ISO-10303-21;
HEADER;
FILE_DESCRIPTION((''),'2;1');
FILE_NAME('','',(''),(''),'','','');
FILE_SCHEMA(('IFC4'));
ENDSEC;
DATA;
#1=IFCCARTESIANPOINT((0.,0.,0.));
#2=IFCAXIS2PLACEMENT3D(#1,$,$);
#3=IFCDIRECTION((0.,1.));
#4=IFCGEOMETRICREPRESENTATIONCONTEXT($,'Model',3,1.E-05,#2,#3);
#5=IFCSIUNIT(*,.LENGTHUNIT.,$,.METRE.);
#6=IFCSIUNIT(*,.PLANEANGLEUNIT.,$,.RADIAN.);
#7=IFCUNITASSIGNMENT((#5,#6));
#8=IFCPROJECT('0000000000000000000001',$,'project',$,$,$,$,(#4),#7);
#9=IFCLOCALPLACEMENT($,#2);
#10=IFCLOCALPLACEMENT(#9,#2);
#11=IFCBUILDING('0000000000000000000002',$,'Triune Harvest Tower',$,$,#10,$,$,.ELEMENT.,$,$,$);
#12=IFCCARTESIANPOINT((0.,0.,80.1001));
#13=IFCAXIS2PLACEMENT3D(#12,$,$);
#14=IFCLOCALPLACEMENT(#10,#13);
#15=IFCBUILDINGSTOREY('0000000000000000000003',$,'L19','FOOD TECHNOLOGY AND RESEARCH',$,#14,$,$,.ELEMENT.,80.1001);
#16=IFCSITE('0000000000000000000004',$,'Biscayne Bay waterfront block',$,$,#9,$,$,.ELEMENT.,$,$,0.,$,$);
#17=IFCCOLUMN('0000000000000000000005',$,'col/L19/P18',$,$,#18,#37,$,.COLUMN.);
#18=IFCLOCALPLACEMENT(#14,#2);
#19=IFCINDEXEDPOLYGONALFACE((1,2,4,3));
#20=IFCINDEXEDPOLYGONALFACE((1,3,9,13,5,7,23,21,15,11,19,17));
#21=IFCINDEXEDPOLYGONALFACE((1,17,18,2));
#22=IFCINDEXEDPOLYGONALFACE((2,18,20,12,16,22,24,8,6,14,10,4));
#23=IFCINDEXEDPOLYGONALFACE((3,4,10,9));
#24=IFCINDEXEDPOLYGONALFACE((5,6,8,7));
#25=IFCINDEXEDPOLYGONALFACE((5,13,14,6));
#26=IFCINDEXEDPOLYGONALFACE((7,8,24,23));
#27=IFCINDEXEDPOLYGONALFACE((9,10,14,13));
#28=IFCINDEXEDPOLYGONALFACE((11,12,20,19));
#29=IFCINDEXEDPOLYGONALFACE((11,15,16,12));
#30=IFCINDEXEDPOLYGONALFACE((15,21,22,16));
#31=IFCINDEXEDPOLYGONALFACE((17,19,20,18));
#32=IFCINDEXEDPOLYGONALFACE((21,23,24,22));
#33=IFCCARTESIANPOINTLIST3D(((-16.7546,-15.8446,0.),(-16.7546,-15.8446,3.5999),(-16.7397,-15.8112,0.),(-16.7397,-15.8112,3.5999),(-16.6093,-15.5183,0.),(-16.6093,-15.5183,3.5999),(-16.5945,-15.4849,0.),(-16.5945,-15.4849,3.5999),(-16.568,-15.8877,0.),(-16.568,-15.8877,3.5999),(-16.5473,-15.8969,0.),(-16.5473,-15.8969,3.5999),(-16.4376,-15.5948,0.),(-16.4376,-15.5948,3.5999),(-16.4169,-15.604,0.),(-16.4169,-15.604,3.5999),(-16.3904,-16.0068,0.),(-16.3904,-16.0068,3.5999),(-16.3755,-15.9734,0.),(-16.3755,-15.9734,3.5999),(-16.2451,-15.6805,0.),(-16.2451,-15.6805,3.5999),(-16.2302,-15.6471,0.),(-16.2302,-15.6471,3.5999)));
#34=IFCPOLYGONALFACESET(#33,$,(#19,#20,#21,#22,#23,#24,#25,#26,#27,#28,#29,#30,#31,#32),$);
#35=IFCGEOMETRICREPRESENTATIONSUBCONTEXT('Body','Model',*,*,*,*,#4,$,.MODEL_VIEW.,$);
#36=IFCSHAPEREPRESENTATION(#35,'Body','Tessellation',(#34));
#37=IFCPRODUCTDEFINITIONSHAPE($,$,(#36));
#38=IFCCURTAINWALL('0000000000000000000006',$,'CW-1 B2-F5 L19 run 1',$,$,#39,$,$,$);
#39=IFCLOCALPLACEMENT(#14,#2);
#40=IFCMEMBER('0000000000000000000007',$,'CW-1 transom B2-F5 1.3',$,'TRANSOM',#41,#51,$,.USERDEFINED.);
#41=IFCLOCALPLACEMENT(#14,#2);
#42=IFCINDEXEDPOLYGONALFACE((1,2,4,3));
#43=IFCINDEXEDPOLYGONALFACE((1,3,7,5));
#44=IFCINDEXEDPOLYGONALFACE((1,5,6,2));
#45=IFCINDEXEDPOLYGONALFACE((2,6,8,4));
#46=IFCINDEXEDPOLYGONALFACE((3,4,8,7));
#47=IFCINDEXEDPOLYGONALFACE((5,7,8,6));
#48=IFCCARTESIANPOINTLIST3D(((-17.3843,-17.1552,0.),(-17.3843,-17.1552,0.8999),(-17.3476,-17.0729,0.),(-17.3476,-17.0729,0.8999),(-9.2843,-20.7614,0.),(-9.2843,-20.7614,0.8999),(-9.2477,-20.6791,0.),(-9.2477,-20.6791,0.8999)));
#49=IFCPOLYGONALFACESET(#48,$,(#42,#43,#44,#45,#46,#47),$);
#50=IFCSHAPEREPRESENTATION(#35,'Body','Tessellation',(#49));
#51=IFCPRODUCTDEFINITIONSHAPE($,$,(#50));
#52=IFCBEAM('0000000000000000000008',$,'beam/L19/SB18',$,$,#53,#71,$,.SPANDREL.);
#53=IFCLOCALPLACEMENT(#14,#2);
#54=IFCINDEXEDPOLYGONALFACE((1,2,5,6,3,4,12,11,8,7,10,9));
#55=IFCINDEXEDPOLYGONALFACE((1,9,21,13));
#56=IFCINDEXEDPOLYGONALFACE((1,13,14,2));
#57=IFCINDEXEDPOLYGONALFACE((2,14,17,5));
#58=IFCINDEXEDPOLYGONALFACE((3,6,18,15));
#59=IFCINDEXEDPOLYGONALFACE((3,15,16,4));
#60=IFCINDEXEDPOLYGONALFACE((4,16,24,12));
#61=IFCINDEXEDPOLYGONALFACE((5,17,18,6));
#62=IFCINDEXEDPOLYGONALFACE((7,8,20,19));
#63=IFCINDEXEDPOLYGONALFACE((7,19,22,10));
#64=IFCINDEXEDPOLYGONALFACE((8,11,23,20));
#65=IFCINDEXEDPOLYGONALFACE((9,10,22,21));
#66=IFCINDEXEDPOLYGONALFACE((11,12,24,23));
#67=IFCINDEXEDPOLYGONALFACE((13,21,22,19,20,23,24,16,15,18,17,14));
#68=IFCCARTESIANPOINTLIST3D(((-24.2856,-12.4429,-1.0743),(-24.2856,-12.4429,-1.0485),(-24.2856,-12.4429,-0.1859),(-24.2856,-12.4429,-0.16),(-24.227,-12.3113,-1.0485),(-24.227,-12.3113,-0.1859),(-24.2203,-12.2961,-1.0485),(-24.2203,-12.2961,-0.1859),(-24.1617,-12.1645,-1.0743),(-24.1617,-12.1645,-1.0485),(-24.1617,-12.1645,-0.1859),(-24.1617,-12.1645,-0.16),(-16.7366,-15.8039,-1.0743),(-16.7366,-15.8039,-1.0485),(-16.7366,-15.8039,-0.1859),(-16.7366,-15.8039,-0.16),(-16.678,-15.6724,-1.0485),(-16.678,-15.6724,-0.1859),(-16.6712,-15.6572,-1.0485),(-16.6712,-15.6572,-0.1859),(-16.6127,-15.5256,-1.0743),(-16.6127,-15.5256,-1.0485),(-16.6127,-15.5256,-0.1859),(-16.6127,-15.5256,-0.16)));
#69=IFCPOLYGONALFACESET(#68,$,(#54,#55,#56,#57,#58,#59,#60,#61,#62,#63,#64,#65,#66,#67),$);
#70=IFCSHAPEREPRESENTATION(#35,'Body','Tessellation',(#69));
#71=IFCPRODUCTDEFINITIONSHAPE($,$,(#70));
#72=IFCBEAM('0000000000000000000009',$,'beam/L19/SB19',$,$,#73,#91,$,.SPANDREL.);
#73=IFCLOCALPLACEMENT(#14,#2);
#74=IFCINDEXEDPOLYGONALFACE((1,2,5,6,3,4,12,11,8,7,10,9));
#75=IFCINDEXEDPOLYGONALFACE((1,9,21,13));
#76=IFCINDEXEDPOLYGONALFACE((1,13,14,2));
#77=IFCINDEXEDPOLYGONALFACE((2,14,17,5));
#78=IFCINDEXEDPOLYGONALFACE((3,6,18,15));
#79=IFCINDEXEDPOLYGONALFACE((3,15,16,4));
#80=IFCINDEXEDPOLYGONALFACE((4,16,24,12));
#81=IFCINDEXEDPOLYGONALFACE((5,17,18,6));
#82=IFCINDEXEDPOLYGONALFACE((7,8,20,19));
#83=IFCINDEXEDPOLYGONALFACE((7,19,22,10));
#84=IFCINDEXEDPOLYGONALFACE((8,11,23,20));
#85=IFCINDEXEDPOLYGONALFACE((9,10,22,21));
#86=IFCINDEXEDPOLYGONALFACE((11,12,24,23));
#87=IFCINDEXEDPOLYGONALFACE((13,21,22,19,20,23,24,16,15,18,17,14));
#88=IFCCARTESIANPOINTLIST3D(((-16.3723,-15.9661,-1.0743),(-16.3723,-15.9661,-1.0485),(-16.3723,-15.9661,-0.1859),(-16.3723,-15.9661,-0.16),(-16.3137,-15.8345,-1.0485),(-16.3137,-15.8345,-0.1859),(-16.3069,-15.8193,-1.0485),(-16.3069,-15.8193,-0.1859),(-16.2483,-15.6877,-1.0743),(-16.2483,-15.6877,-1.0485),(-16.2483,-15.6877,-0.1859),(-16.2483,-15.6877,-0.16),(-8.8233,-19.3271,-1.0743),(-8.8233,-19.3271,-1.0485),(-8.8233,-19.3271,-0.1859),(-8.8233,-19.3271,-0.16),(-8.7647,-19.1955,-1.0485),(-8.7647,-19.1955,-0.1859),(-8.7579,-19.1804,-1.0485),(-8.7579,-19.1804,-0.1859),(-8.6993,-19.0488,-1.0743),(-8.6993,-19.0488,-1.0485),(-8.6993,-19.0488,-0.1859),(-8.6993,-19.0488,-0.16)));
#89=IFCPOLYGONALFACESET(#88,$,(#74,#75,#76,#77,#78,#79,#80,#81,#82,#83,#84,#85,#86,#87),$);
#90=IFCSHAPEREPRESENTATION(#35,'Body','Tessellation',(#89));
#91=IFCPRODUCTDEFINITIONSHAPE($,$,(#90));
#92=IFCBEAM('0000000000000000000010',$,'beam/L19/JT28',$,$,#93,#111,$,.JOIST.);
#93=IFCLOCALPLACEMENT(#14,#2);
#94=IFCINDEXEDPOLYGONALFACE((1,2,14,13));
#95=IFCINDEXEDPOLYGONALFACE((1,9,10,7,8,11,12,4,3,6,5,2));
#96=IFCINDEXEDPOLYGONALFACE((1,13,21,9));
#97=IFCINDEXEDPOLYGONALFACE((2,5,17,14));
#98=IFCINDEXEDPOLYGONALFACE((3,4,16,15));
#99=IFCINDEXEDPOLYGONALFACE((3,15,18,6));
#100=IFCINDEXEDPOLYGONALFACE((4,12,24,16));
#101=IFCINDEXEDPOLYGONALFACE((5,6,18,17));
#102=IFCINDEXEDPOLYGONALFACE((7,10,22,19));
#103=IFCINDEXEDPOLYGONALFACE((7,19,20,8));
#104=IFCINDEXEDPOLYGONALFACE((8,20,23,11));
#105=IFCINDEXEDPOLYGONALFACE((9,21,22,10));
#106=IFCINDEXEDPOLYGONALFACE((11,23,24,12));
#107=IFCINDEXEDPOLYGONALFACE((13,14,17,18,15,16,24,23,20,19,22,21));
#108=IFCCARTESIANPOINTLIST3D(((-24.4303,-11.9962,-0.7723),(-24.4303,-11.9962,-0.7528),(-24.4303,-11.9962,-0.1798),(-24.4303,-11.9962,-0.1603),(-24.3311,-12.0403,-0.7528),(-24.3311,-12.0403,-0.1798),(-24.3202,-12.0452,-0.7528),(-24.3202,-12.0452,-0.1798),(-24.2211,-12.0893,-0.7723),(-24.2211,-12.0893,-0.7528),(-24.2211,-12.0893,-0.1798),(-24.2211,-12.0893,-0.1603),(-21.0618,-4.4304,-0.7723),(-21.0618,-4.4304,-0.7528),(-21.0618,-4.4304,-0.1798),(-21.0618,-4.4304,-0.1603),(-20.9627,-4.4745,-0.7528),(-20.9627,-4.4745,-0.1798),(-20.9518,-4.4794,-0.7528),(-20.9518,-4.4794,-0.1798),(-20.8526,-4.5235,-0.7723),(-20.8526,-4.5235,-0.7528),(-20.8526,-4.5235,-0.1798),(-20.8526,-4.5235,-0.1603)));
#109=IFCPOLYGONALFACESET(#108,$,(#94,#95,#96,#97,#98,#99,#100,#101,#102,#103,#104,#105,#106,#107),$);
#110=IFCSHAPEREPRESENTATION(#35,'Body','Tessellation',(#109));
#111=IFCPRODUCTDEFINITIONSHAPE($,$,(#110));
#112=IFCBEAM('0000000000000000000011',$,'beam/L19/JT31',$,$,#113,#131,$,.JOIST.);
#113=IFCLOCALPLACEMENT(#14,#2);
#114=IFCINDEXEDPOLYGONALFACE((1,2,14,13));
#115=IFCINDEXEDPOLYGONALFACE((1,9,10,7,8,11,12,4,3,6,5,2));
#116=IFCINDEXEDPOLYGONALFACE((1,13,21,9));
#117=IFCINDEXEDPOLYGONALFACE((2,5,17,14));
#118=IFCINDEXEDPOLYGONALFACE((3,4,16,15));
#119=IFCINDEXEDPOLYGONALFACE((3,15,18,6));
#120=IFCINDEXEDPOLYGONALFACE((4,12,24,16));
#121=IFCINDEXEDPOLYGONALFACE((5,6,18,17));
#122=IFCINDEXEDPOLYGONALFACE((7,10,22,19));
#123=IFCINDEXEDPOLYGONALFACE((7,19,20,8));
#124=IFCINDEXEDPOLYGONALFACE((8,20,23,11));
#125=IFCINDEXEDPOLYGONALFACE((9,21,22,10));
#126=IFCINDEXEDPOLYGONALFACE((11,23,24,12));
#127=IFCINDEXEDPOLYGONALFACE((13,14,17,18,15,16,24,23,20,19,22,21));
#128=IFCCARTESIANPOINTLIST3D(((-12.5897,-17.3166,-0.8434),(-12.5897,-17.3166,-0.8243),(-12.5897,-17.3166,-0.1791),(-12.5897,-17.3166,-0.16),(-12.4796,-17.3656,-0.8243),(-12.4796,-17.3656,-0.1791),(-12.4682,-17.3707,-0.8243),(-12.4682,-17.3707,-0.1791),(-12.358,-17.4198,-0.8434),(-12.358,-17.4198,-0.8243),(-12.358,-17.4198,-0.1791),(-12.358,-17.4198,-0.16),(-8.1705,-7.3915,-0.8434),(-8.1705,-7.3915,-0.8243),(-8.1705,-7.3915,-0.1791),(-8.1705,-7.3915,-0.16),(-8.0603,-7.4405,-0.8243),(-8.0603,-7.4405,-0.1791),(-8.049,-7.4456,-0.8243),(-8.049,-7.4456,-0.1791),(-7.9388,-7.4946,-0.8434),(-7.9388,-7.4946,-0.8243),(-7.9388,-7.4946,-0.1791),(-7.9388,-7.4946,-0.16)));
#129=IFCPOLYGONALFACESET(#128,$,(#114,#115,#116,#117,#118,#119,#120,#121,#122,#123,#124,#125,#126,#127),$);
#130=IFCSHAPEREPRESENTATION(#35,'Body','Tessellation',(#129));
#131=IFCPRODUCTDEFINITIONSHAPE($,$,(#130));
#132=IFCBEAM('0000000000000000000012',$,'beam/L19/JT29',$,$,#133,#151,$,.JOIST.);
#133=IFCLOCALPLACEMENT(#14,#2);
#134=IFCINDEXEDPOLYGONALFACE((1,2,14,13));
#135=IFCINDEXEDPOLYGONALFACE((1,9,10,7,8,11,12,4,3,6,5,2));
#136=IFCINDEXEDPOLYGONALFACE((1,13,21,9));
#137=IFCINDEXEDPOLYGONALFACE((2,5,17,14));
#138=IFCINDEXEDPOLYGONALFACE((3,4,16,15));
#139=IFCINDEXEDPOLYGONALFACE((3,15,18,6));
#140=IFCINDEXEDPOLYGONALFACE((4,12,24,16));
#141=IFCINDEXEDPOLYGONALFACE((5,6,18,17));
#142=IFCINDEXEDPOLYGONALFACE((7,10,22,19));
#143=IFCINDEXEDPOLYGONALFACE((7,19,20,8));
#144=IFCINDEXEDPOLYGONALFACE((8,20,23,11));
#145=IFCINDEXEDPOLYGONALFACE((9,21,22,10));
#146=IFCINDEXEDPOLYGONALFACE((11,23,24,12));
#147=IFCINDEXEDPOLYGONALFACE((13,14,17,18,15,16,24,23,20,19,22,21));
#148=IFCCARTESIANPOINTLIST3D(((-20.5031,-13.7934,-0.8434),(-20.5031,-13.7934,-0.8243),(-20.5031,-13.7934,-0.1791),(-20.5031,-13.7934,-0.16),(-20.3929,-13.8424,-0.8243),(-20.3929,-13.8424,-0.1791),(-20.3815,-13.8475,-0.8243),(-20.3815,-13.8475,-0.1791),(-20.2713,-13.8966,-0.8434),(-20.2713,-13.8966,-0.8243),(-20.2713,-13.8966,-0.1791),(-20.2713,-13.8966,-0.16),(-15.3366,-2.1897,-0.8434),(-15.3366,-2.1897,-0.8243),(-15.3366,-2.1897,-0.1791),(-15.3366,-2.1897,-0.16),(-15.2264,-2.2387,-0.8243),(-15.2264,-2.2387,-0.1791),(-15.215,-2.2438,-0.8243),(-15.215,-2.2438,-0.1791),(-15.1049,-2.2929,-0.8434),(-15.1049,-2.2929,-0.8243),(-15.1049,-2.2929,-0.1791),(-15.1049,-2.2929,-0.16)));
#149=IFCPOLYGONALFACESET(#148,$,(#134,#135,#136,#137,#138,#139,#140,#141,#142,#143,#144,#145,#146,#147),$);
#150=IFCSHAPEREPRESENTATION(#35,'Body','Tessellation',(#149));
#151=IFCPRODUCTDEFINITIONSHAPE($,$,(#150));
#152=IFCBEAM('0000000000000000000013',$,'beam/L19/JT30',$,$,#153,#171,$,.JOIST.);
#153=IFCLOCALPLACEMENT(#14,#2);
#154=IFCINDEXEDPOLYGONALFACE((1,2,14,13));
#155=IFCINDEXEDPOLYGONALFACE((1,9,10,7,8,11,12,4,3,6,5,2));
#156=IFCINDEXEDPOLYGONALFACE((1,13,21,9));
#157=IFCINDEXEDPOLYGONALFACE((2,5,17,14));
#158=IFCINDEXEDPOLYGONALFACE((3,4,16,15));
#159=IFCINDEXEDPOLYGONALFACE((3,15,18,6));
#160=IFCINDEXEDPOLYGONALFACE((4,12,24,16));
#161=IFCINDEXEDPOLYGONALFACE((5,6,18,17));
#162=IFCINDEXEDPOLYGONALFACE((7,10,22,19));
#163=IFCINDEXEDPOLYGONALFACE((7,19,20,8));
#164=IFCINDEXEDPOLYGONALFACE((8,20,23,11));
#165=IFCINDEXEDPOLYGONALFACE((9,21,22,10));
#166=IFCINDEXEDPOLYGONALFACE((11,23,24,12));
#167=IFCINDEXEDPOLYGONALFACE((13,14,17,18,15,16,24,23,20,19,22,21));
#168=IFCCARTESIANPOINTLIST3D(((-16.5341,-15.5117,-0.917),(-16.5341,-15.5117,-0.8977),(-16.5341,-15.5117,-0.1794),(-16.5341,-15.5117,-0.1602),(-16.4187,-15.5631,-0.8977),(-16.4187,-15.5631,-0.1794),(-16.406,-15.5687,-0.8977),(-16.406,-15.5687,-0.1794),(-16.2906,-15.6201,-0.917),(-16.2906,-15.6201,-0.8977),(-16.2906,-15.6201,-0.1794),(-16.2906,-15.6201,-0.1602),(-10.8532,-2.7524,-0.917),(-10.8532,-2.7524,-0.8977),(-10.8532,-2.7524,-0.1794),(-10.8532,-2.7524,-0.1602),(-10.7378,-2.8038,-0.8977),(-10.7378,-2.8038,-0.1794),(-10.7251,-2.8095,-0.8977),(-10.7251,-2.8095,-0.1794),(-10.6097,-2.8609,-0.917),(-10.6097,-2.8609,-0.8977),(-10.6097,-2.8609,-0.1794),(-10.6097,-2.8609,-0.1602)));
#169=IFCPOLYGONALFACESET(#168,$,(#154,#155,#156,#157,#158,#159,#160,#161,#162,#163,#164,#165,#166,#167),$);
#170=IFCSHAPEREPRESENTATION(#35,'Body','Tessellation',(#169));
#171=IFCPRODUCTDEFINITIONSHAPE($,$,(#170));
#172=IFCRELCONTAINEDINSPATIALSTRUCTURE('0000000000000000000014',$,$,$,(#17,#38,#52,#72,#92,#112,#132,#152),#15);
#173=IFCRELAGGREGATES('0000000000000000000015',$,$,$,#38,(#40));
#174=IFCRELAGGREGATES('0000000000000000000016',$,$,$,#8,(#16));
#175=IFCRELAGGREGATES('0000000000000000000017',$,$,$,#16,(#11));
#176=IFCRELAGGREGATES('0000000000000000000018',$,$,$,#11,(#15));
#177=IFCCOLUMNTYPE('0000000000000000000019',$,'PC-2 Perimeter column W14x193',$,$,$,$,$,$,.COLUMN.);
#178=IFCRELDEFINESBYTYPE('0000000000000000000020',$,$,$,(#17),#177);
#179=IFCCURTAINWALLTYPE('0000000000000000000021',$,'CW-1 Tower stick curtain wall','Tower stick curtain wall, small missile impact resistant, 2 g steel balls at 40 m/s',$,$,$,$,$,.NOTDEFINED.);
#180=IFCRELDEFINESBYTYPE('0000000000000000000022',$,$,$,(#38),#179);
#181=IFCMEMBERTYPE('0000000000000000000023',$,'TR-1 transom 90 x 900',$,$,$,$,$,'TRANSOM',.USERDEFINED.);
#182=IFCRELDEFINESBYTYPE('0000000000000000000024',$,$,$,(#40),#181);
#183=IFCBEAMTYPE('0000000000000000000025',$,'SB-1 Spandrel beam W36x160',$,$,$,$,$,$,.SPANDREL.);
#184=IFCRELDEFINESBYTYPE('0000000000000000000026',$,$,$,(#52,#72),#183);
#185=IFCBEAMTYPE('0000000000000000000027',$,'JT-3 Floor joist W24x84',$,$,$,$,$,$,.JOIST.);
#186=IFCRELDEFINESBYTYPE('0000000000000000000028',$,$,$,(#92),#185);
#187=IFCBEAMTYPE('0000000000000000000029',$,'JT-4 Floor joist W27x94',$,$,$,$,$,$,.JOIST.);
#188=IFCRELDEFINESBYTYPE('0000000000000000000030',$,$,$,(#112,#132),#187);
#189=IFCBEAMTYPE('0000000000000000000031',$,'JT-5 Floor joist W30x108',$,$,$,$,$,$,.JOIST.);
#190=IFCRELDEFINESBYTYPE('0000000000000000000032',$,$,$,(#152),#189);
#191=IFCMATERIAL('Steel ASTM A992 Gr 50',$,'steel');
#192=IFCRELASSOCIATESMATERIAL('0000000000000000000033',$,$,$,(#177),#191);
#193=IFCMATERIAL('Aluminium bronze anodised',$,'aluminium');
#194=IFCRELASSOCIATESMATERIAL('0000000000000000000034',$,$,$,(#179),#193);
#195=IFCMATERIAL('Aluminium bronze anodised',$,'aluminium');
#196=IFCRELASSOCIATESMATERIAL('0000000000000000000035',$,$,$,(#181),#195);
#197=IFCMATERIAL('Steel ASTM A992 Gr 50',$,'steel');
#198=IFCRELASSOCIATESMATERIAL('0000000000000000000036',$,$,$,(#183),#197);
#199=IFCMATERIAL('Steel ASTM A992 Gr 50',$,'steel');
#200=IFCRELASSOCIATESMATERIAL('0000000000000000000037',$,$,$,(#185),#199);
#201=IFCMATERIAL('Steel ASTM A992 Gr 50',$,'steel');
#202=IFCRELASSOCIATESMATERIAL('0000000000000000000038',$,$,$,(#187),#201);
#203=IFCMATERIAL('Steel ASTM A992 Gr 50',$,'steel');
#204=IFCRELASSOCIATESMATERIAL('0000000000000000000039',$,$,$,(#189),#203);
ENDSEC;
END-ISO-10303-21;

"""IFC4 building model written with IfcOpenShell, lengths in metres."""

from ifc_helpers import new_model, si_unit, direction, frame, origin, origin_2d, place, context, subcontext, project, spatial, rectangle, i_section, extrude, source, transform, mapped, material, material_profile, profile_set, type_object, element, aggregate, save


model = new_model("IFC4")

# Units and contexts
model_context = context("Model", 3, precision=1e-05, world=origin(), true_north=direction((0.0, 1.0)))
body_context = subcontext(model_context, "Body", "Model", "MODEL_VIEW")
ifc_project = project(units=[si_unit("LENGTHUNIT", "METRE"), si_unit("PLANEANGLEUNIT", "RADIAN")], contexts=[model_context])

# Site, building, storey
site_placement = place(None, origin())
site = spatial("IfcSite", under=ifc_project, at=site_placement, Name="Biscayne Bay waterfront block", CompositionType="ELEMENT", RefElevation=0.0)
building_placement = place(site_placement, origin())
building = spatial("IfcBuilding", under=site, at=building_placement, Name="Triune Harvest Tower", CompositionType="ELEMENT")
storey_placement = place(building_placement, frame((0.0, 0.0, 80.1001)))
storey = spatial("IfcBuildingStorey", under=building, at=storey_placement, Name="L19", Description="FOOD TECHNOLOGY AND RESEARCH", CompositionType="ELEMENT", Elevation=80.1001)

# Column
ifc_material_1 = material(Name="Steel ASTM A992 Gr 50", Category="steel")
ifc_material_profile_1 = material_profile(ifc_material_1, i_section(OverallWidth=0.3987, OverallDepth=0.3938, WebThickness=0.0227, FlangeThickness=0.0366, at=origin_2d()), Name="W14x193")
ifc_profile_set_1 = profile_set([ifc_material_profile_1], Name="Steel ASTM A992 Gr 50")
column_type = type_object("IfcColumnType", Name="PC-2 Perimeter column W14x193", PredefinedType="COLUMN", material=ifc_profile_set_1)
shared_shape_1 = source(origin(), body_context, "Body", "SweptSolid", [
    extrude(i_section(OverallWidth=0.3987, OverallDepth=0.3938, WebThickness=0.0227, FlangeThickness=0.0366, at=origin_2d()), origin(), (0.0, 0.0, 1.0), 3.5999),
])
column_placement = place(storey_placement, frame((-16.4924, -15.7458, 0.0), z_axis=(0.0, 0.0, 1.0), x_axis=(0.913545, -0.406737, 0.0)))
element("IfcColumn", 1, at=column_placement, inside=storey, type_object=column_type, Name="col/L19/P18", PredefinedType="COLUMN", context=body_context, shape_type="MappedRepresentation", body=[
    mapped(shared_shape_1, transform((0.0, 0.0, 0.0), scale=1.0)),
])

# Curtain wall, member
ifc_material_2 = material(Name="Aluminium bronze anodised", Category="aluminium")
curtain_wall_type = type_object("IfcCurtainWallType", Name="CW-1 Tower stick curtain wall", Description="Tower stick curtain wall, small missile impact resistant, 2 g steel balls at 40 m/s", PredefinedType="NOTDEFINED", material=ifc_material_2)
curtain_wall_placement = place(storey_placement, origin())
curtain_wall = element("IfcCurtainWall", 2, at=curtain_wall_placement, inside=storey, type_object=curtain_wall_type, Name="CW-1 B2-F5 L19 run 1")
ifc_material_3 = material(Name="Aluminium bronze anodised", Category="aluminium")
ifc_material_profile_2 = material_profile(ifc_material_3, rectangle(XDim=0.0901, YDim=0.8999, at=origin_2d()), Name="TR-1 transom 90 x 900")
ifc_profile_set_2 = profile_set([ifc_material_profile_2], Name="Aluminium bronze anodised")
member_type_1 = type_object("IfcMemberType", Name="TR-1 transom 90 x 900", ElementType="TRANSOM", PredefinedType="USERDEFINED", material=ifc_profile_set_2)
member_1_placement = place(storey_placement, frame((-17.366, -17.114, 0.45), z_axis=(0.913549, -0.406729, 0.0), x_axis=(0.406729, 0.913549, 0.0)))
member_1 = element("IfcMember", 3, at=member_1_placement, type_object=member_type_1, Name="CW-1 transom B2-F5 1.3", ObjectType="TRANSOM", PredefinedType="USERDEFINED", context=body_context, shape_type="SweptSolid", body=[
    extrude(rectangle(XDim=0.0901, YDim=0.8999, at=origin_2d()), origin(), (0.0, 0.0, 1.0), 8.8665),
])

# Beams
ifc_material_4 = material(Name="Steel ASTM A992 Gr 50", Category="steel")
ifc_material_profile_3 = material_profile(ifc_material_4, i_section(OverallWidth=0.3047, OverallDepth=0.9143, WebThickness=0.0166, FlangeThickness=0.0259, at=origin_2d()), Name="W36x160")
ifc_profile_set_3 = profile_set([ifc_material_profile_3], Name="Steel ASTM A992 Gr 50")
beam_type_1 = type_object("IfcBeamType", Name="SB-1 Spandrel beam W36x160", PredefinedType="SPANDREL", material=ifc_profile_set_3)
shared_shape_2 = source(origin(), body_context, "Body", "SweptSolid", [
    extrude(i_section(OverallWidth=0.3047, OverallDepth=0.9143, WebThickness=0.0166, FlangeThickness=0.0259, at=origin_2d()), origin(), (0.0, 0.0, 1.0), 8.2634),
])
for number, where, z_axis, x_axis, name in (
    (4, (-24.2236, -12.3037, -0.6172), (0.913545, -0.406739, 0.0), (0.406739, 0.913545, 0.0), "beam/L19/SB18"),
    (5, (-16.3103, -15.8269, -0.6172), (0.913545, -0.406739, 0.0), (0.406739, 0.913545, 0.0), "beam/L19/SB19"),
):
    element("IfcBeam", number, at=place(storey_placement, frame(where, z_axis=z_axis, x_axis=x_axis)), inside=storey, type_object=beam_type_1, Name=name, PredefinedType="SPANDREL", context=body_context, shape_type="MappedRepresentation", body=[
        mapped(shared_shape_2, transform((0.0, 0.0, 0.0), scale=1.0)),
    ])
ifc_material_5 = material(Name="Steel ASTM A992 Gr 50", Category="steel")
ifc_material_profile_4 = material_profile(ifc_material_5, i_section(OverallWidth=0.229, OverallDepth=0.6121, WebThickness=0.012, FlangeThickness=0.0195, at=origin_2d()), Name="W24x84")
ifc_profile_set_4 = profile_set([ifc_material_profile_4], Name="Steel ASTM A992 Gr 50")
beam_type_2 = type_object("IfcBeamType", Name="JT-3 Floor joist W24x84", PredefinedType="JOIST", material=ifc_profile_set_4)
shared_shape_3 = source(origin(), body_context, "Body", "SweptSolid", [
    extrude(i_section(OverallWidth=0.229, OverallDepth=0.6121, WebThickness=0.012, FlangeThickness=0.0195, at=origin_2d()), origin(), (0.0, 0.0, 1.0), 8.2817),
])
beam_1_placement = place(storey_placement, frame((-24.3257, -12.0427, -0.4663), z_axis=(0.406732, 0.913548, 0.0), x_axis=(-0.913548, 0.406732, 0.0)))
element("IfcBeam", 6, at=beam_1_placement, inside=storey, type_object=beam_type_2, Name="beam/L19/JT28", PredefinedType="JOIST", context=body_context, shape_type="MappedRepresentation", body=[
    mapped(shared_shape_3, transform((0.0, 0.0, 0.0), scale=1.0)),
])
ifc_material_6 = material(Name="Steel ASTM A992 Gr 50", Category="steel")
ifc_material_profile_5 = material_profile(ifc_material_6, i_section(OverallWidth=0.2537, OverallDepth=0.6833, WebThickness=0.0125, FlangeThickness=0.019, at=origin_2d()), Name="W27x94")
ifc_profile_set_5 = profile_set([ifc_material_profile_5], Name="Steel ASTM A992 Gr 50")
beam_type_3 = type_object("IfcBeamType", Name="JT-4 Floor joist W27x94", PredefinedType="JOIST", material=ifc_profile_set_5)
shared_shape_4 = source(origin(), body_context, "Body", "SweptSolid", [
    extrude(i_section(OverallWidth=0.2537, OverallDepth=0.6833, WebThickness=0.0125, FlangeThickness=0.019, at=origin_2d()), origin(), (0.0, 0.0, 1.0), 10.8645),
])
beam_2_placement = place(storey_placement, frame((-12.4739, -17.3682, -0.5017), z_axis=(0.406758, 0.913536, 0.0), x_axis=(-0.913536, 0.406758, 0.0)))
element("IfcBeam", 7, at=beam_2_placement, inside=storey, type_object=beam_type_3, Name="beam/L19/JT31", PredefinedType="JOIST", context=body_context, shape_type="MappedRepresentation", body=[
    mapped(shared_shape_4, transform((0.0, 0.0, 0.0), scale=1.0)),
])
shared_shape_5 = source(origin(), body_context, "Body", "SweptSolid", [
    extrude(i_section(OverallWidth=0.2537, OverallDepth=0.6833, WebThickness=0.0125, FlangeThickness=0.019, at=origin_2d()), origin(), (0.0, 0.0, 1.0), 12.7019),
])
beam_3_placement = place(storey_placement, frame((-20.3872, -13.845, -0.5017), z_axis=(0.406748, 0.91354, 0.0), x_axis=(-0.91354, 0.406748, 0.0)))
element("IfcBeam", 8, at=beam_3_placement, inside=storey, type_object=beam_type_3, Name="beam/L19/JT29", PredefinedType="JOIST", context=body_context, shape_type="MappedRepresentation", body=[
    mapped(shared_shape_5, transform((0.0, 0.0, 0.0), scale=1.0)),
])
ifc_material_7 = material(Name="Steel ASTM A992 Gr 50", Category="steel")
ifc_material_profile_6 = material_profile(ifc_material_7, i_section(OverallWidth=0.2666, OverallDepth=0.7568, WebThickness=0.0139, FlangeThickness=0.0193, at=origin_2d()), Name="W30x108")
ifc_profile_set_6 = profile_set([ifc_material_profile_6], Name="Steel ASTM A992 Gr 50")
beam_type_4 = type_object("IfcBeamType", Name="JT-5 Floor joist W30x108", PredefinedType="JOIST", material=ifc_profile_set_6)
shared_shape_6 = source(origin(), body_context, "Body", "SweptSolid", [
    extrude(i_section(OverallWidth=0.2666, OverallDepth=0.7568, WebThickness=0.0139, FlangeThickness=0.0193, at=origin_2d()), origin(), (0.0, 0.0, 1.0), 13.9668),
])
beam_4_placement = place(storey_placement, frame((-16.4124, -15.5659, -0.5386), z_axis=(0.406743, 0.913542, 0.0), x_axis=(-0.913542, 0.406743, 0.0)))
element("IfcBeam", 9, at=beam_4_placement, inside=storey, type_object=beam_type_4, Name="beam/L19/JT30", PredefinedType="JOIST", context=body_context, shape_type="MappedRepresentation", body=[
    mapped(shared_shape_6, transform((0.0, 0.0, 0.0), scale=1.0)),
])

aggregate(curtain_wall, [member_1])

save(model, "model.ifc")
